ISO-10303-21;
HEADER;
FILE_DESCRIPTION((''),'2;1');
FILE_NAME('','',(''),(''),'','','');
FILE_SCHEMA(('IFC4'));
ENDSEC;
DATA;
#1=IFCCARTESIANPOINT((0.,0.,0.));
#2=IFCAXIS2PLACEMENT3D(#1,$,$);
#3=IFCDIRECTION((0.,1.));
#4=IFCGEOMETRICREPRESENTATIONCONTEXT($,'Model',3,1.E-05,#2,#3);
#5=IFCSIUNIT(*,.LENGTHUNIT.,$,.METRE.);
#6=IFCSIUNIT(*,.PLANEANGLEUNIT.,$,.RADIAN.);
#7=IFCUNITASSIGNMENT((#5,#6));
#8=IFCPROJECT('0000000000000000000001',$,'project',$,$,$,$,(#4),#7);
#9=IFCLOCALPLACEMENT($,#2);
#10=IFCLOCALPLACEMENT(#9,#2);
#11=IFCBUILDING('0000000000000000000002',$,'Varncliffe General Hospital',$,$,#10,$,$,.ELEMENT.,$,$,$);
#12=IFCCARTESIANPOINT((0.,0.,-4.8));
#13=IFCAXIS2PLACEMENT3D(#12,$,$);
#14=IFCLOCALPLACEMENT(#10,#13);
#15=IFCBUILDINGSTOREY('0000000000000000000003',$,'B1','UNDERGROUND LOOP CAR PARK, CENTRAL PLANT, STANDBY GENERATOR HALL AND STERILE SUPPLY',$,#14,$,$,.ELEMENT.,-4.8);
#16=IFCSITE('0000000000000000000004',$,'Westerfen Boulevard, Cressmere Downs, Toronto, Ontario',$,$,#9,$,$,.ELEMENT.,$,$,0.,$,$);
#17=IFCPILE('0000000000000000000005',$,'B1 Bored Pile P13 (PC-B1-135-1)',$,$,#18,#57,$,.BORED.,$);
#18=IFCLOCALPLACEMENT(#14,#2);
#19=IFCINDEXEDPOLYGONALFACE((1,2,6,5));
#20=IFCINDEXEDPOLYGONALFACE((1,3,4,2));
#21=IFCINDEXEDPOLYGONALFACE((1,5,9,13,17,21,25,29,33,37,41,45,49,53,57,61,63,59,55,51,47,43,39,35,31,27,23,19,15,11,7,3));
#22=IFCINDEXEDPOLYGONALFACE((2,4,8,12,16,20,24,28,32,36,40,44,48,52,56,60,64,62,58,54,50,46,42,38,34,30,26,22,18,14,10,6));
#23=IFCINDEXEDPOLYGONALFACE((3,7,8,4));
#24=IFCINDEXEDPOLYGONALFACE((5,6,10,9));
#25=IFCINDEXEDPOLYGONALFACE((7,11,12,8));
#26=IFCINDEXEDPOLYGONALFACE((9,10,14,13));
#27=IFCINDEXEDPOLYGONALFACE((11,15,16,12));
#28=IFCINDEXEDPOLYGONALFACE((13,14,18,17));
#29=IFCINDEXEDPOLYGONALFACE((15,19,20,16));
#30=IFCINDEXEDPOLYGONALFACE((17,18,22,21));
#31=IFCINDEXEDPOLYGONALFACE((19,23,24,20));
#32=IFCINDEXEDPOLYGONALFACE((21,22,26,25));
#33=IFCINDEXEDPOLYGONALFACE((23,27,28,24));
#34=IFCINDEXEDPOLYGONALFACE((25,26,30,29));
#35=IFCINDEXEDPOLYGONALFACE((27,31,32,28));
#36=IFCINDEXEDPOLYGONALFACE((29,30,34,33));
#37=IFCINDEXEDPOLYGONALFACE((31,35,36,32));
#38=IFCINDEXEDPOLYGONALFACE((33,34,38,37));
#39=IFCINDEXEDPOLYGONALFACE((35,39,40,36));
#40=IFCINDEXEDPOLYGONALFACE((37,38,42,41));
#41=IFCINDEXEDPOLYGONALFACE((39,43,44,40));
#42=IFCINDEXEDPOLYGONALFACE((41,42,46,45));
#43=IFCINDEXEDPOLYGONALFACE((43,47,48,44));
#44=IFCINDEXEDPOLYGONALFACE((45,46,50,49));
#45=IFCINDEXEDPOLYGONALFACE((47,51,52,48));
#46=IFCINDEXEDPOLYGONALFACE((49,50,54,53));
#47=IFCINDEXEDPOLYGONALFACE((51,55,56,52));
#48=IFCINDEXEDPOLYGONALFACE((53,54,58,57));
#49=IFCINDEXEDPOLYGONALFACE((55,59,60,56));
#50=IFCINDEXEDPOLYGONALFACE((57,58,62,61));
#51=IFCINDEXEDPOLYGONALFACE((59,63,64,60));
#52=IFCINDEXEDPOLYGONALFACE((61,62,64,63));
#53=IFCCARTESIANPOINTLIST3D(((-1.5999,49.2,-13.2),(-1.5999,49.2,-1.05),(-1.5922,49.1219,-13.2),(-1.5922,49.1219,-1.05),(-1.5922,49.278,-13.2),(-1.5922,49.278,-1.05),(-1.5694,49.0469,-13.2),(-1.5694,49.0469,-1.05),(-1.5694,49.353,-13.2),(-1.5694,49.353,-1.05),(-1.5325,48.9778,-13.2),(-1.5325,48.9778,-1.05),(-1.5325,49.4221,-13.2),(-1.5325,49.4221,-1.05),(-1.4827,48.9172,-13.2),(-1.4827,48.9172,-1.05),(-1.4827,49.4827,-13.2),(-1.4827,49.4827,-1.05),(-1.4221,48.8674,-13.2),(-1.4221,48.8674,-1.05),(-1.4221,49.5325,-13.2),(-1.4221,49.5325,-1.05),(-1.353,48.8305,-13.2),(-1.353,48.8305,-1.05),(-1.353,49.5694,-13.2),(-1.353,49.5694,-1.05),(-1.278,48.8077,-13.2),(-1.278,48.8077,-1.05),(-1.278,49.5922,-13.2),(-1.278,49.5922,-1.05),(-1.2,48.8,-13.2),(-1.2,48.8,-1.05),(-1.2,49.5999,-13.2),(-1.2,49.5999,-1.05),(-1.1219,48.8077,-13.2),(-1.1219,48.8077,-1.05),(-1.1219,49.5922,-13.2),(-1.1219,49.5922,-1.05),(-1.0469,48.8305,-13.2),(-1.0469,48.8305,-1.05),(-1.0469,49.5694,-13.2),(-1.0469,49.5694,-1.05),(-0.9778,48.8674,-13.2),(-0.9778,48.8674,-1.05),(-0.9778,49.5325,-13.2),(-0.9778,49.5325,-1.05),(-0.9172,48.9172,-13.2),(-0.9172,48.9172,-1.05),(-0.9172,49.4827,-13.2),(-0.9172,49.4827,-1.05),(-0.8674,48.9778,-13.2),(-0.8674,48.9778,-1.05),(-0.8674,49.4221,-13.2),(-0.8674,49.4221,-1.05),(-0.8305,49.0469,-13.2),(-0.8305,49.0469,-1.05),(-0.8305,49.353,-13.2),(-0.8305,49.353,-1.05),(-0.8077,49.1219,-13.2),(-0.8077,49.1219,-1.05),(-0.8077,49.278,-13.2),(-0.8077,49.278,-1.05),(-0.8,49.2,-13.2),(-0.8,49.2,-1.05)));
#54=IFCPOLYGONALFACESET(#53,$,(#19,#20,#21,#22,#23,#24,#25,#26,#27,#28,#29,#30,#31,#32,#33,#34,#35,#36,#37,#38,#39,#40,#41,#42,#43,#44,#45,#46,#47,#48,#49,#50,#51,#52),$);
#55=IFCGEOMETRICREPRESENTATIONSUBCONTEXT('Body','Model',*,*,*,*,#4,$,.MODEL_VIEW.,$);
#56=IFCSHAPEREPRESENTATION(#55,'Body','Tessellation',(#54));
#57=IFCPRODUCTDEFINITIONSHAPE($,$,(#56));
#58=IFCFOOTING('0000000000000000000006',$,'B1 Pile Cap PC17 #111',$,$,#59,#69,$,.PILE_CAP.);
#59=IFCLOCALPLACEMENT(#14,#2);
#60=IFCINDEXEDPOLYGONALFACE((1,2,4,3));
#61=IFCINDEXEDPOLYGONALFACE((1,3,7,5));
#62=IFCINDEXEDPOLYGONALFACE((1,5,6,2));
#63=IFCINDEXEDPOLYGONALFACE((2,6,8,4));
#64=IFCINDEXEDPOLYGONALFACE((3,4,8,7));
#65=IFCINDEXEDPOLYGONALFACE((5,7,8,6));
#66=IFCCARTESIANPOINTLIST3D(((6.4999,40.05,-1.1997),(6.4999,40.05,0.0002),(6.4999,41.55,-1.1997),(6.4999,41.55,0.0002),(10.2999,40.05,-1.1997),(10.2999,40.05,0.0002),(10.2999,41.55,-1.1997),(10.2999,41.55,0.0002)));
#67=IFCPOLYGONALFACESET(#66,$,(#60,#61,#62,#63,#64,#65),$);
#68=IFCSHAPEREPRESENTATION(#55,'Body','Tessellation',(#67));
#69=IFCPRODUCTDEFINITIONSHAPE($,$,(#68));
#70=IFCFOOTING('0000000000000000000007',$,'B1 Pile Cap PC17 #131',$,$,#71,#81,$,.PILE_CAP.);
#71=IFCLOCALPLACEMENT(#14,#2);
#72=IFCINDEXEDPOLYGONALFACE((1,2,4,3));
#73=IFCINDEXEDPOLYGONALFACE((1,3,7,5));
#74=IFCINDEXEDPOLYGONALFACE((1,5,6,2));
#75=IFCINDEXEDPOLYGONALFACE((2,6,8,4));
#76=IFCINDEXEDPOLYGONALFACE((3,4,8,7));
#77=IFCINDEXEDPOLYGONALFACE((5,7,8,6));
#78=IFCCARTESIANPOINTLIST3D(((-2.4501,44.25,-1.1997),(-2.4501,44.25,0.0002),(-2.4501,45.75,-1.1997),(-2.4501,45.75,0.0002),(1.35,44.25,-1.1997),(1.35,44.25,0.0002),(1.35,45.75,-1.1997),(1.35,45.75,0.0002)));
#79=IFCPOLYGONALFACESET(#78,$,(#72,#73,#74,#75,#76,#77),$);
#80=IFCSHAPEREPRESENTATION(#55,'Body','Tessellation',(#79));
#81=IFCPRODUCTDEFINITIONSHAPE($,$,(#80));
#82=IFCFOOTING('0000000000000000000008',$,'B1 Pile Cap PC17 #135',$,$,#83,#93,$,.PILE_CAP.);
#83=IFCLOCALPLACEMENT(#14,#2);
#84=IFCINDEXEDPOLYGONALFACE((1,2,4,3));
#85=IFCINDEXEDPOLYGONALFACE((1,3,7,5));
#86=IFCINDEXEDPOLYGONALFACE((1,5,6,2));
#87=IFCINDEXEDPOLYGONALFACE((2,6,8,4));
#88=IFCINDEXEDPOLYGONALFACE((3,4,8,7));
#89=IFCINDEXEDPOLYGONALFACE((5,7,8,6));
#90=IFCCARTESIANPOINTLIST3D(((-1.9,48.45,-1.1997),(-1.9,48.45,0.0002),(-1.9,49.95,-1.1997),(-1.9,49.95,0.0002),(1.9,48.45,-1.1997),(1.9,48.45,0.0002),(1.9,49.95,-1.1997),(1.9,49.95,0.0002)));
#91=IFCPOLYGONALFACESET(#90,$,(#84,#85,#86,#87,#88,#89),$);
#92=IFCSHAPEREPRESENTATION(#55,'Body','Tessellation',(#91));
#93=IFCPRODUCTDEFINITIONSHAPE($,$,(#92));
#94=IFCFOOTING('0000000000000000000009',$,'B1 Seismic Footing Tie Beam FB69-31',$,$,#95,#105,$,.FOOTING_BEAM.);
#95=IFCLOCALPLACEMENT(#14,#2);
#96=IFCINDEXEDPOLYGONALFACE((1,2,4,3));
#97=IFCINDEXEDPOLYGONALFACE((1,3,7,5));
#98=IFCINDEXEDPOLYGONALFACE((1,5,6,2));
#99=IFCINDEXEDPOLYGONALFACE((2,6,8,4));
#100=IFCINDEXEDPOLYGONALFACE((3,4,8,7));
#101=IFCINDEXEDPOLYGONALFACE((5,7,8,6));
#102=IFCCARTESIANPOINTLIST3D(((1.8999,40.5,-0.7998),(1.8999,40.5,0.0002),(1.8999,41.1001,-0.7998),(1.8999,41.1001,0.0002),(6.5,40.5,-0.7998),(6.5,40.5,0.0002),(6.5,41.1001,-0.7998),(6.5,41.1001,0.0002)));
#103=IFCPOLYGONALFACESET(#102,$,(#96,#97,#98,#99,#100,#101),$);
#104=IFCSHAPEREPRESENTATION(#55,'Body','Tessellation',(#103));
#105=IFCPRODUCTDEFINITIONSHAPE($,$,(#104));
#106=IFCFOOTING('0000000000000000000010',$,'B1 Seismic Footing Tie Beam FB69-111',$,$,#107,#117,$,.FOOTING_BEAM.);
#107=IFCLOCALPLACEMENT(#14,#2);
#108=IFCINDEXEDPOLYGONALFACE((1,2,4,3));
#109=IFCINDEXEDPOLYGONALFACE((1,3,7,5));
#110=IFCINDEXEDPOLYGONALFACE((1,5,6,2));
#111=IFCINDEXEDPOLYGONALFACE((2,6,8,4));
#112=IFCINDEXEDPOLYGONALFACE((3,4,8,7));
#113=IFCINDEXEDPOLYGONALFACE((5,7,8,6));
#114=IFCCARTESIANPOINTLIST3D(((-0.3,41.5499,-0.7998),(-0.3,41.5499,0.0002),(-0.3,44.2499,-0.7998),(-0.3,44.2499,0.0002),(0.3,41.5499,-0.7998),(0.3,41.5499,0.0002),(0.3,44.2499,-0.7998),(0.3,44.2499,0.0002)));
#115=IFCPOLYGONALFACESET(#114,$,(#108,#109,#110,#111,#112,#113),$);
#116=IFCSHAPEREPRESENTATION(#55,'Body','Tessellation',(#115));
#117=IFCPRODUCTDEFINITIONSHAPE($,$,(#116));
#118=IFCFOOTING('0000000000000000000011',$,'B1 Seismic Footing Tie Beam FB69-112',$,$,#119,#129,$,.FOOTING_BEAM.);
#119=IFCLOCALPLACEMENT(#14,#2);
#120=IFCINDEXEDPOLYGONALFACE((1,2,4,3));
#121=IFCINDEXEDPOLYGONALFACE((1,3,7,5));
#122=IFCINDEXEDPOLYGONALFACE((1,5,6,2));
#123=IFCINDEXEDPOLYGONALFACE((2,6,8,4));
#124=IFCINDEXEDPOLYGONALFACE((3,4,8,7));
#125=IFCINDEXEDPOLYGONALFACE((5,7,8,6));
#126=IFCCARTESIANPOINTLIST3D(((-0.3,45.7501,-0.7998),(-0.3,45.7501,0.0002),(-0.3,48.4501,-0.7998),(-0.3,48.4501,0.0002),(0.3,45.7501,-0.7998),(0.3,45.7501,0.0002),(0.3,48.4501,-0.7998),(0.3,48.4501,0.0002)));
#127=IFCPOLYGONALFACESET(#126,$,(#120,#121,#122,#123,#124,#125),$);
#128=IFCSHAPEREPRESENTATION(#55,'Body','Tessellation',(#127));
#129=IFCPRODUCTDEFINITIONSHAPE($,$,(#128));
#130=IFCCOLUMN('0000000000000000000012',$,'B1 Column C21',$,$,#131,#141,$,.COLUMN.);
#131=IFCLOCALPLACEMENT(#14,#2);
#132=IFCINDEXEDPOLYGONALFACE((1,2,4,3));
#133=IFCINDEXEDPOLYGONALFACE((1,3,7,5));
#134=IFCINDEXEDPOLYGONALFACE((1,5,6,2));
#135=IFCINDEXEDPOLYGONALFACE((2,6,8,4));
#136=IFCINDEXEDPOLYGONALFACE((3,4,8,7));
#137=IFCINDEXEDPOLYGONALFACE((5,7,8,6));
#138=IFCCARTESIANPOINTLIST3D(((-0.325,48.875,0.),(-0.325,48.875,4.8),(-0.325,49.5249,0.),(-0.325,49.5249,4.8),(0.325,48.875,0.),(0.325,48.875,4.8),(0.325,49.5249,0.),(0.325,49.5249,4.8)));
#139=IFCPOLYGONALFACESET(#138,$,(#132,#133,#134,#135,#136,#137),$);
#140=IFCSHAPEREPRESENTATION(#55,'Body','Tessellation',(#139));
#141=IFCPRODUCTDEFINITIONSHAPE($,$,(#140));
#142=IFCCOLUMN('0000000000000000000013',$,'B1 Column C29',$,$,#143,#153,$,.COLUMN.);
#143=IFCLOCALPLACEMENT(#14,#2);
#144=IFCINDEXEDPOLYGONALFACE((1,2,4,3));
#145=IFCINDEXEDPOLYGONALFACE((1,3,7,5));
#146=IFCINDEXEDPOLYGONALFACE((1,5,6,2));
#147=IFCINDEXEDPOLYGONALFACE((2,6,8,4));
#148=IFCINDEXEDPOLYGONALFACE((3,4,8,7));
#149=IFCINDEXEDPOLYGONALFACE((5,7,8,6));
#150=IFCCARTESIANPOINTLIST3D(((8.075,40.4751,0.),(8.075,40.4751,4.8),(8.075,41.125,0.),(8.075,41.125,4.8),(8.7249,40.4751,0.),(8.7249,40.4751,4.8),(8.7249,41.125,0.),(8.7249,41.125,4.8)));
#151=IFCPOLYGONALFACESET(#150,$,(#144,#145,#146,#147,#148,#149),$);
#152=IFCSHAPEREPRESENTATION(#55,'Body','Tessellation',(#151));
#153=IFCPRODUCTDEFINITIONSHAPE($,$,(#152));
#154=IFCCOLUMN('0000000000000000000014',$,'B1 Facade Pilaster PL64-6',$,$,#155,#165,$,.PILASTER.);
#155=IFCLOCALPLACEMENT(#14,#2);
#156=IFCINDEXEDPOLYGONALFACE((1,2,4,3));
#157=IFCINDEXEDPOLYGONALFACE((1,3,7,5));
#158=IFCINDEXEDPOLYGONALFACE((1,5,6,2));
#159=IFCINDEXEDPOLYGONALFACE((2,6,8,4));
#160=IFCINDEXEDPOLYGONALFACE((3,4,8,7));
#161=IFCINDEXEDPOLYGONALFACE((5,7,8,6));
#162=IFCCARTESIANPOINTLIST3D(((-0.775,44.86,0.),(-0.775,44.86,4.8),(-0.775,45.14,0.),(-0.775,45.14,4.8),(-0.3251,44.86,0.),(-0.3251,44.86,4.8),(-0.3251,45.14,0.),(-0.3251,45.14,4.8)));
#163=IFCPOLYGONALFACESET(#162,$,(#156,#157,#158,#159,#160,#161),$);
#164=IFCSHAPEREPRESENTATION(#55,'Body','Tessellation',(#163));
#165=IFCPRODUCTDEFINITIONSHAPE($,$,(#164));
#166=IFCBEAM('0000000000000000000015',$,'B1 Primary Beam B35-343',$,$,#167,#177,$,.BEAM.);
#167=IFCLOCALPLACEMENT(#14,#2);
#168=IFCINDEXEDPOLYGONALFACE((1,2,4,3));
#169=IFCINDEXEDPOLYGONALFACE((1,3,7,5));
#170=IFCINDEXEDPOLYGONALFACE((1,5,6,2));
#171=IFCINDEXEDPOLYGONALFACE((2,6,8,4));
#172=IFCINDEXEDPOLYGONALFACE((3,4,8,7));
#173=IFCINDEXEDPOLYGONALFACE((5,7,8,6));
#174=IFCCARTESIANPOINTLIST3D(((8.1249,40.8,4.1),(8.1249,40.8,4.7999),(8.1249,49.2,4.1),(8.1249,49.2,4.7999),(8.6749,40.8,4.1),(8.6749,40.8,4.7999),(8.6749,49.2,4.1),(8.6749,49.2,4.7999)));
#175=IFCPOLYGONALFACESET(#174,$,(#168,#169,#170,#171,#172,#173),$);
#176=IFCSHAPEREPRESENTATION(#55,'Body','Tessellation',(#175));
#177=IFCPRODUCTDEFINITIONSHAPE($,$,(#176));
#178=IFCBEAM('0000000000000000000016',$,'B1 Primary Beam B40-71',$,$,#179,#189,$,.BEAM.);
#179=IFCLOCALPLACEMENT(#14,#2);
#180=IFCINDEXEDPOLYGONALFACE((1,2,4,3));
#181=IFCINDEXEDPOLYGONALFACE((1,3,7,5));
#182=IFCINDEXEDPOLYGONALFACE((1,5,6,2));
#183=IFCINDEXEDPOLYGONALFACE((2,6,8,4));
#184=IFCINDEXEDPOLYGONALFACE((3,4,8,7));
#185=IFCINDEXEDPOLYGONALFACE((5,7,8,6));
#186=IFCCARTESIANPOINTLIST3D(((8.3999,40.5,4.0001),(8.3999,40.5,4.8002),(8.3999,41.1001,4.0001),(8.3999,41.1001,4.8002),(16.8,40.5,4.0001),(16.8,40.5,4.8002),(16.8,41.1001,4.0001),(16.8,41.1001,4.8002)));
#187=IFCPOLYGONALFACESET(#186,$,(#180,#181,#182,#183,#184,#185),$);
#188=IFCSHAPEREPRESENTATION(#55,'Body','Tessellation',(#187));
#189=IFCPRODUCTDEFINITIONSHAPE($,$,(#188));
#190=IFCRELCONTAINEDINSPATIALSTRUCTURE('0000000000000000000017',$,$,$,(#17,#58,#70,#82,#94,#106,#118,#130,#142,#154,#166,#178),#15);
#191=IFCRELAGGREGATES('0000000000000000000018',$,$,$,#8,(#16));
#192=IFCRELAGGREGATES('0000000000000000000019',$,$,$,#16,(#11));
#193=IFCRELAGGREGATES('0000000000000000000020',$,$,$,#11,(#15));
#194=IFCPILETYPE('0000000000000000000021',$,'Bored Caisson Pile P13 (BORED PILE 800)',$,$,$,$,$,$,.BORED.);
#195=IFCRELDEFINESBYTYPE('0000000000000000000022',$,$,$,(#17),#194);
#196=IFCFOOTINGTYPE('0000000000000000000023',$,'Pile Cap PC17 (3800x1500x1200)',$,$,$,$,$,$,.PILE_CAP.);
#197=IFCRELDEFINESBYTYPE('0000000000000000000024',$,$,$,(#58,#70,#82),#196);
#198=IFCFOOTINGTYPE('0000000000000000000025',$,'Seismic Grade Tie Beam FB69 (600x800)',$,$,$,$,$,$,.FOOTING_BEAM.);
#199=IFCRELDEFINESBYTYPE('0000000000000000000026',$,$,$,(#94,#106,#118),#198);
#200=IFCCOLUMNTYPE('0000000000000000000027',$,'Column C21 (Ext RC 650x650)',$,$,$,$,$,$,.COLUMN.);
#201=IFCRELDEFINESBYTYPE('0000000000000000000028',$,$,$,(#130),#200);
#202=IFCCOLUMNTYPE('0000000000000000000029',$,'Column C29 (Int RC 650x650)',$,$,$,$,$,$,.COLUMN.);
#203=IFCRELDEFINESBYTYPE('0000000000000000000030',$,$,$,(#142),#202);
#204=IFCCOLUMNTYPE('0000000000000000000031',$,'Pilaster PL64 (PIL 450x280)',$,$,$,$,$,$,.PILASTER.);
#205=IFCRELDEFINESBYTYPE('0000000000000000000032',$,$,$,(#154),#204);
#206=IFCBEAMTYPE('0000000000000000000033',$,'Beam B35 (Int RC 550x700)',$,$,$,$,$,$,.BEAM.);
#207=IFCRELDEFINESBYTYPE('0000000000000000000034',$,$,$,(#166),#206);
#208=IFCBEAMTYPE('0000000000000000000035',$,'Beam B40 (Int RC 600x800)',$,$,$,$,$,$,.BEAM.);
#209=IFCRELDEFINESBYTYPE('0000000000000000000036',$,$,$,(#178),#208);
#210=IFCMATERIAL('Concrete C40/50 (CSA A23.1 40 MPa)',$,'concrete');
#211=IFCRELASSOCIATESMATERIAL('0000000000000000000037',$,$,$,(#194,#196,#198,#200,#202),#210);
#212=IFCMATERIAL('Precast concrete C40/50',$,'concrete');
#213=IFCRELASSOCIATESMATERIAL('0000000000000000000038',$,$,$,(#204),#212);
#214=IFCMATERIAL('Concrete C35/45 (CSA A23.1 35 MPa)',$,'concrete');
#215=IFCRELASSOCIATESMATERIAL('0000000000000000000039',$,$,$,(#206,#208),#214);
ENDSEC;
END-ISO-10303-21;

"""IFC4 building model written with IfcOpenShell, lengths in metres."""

from ifc_helpers import new_model, si_unit, direction, frame, origin, origin_2d, place, context, subcontext, project, spatial, rectangle, circle, extrude, material, material_profile, profile_set, type_object, element, save


model = new_model("IFC4")

# Units and contexts
model_context = context("Model", 3, precision=1e-05, world=origin(), true_north=direction((0.0, 1.0)))
body_context = subcontext(model_context, "Body", "Model", "MODEL_VIEW")
ifc_project = project(units=[si_unit("LENGTHUNIT", "METRE"), si_unit("PLANEANGLEUNIT", "RADIAN")], contexts=[model_context])

# Site, building, storey
site_placement = place(None, origin())
site = spatial("IfcSite", under=ifc_project, at=site_placement, Name="Westerfen Boulevard, Cressmere Downs, Toronto, Ontario", CompositionType="ELEMENT", RefElevation=0.0)
building_placement = place(site_placement, origin())
building = spatial("IfcBuilding", under=site, at=building_placement, Name="Varncliffe General Hospital", CompositionType="ELEMENT")
storey_placement = place(building_placement, frame((0.0, 0.0, -4.8)))
storey = spatial("IfcBuildingStorey", under=building, at=storey_placement, Name="B1", Description="UNDERGROUND LOOP CAR PARK, CENTRAL PLANT, STANDBY GENERATOR HALL AND STERILE SUPPLY", CompositionType="ELEMENT", Elevation=-4.8)

# Pile
ifc_material_1 = material(Name="Concrete C40/50 (CSA A23.1 40 MPa)", Category="concrete")
ifc_material_profile_1 = material_profile(ifc_material_1, circle(Radius=0.3999, at=origin_2d()), Name="BORED PILE 800")
ifc_profile_set_1 = profile_set([ifc_material_profile_1], Name="Concrete C40/50 (CSA A23.1 40 MPa)")
pile_type = type_object("IfcPileType", Name="Bored Caisson Pile P13 (BORED PILE 800)", PredefinedType="BORED", material=ifc_profile_set_1)
for number, where, z_axis, x_axis, name in (
    (1, (-1.2, 49.2, -1.05), (0.0, 0.0, -1.0), (1.0, 0.0, 0.0), "B1 Bored Pile P13 (PC-B1-135-1)"),
):
    element("IfcPile", number, at=place(storey_placement, frame(where, z_axis=z_axis, x_axis=x_axis)), inside=storey, type_object=pile_type, Name=name, PredefinedType="BORED", context=body_context, shape_type="SweptSolid", body=[
        extrude(circle(Radius=0.3999, at=origin_2d()), origin(), (0.0, 0.0, 1.0), 12.1499),
    ])

# Footings
footing_type_1 = type_object("IfcFootingType", Name="Pile Cap PC17 (3800x1500x1200)", PredefinedType="PILE_CAP", material=ifc_material_1)
for number, where, z_axis, x_axis, name in (
    (2, (8.3999, 40.8, -1.1997), (0.0, 0.0, 1.0), (1.0, 0.0, 0.0), "B1 Pile Cap PC17 #111"),
    (3, (-0.55, 45.0, -1.1997), (0.0, 0.0, 1.0), (1.0, 0.0, 0.0), "B1 Pile Cap PC17 #131"),
    (4, (0.0, 49.2, -1.1997), (0.0, 0.0, 1.0), (1.0, 0.0, 0.0), "B1 Pile Cap PC17 #135"),
):
    element("IfcFooting", number, at=place(storey_placement, frame(where, z_axis=z_axis, x_axis=x_axis)), inside=storey, type_object=footing_type_1, Name=name, PredefinedType="PILE_CAP", context=body_context, shape_type="SweptSolid", body=[
        extrude(rectangle(XDim=3.8, YDim=1.5, at=origin_2d()), origin(), (0.0, 0.0, 1.0), 1.2),
    ])
footing_type_2 = type_object("IfcFootingType", Name="Seismic Grade Tie Beam FB69 (600x800)", PredefinedType="FOOTING_BEAM", material=ifc_material_1)
footing_placement = place(storey_placement, frame((4.2, 40.8, -0.7998), z_axis=(0.0, 0.0, 1.0), x_axis=(1.0, 0.0, 0.0)))
element("IfcFooting", 5, at=footing_placement, inside=storey, type_object=footing_type_2, Name="B1 Seismic Footing Tie Beam FB69-31", PredefinedType="FOOTING_BEAM", context=body_context, shape_type="SweptSolid", body=[
    extrude(rectangle(XDim=4.6001, YDim=0.6001, at=origin_2d()), origin(), (0.0, 0.0, 1.0), 0.8),
])
for number, where, z_axis, x_axis, name in (
    (6, (0.0, 42.8999, -0.7998), (0.0, 0.0, 1.0), (1.0, 0.0, 0.0), "B1 Seismic Footing Tie Beam FB69-111"),
    (7, (0.0, 47.1001, -0.7998), (0.0, 0.0, 1.0), (1.0, 0.0, 0.0), "B1 Seismic Footing Tie Beam FB69-112"),
):
    element("IfcFooting", number, at=place(storey_placement, frame(where, z_axis=z_axis, x_axis=x_axis)), inside=storey, type_object=footing_type_2, Name=name, PredefinedType="FOOTING_BEAM", context=body_context, shape_type="SweptSolid", body=[
        extrude(rectangle(XDim=0.6001, YDim=2.7, at=origin_2d()), origin(), (0.0, 0.0, 1.0), 0.8),
    ])

# Columns
ifc_material_profile_2 = material_profile(ifc_material_1, rectangle(XDim=0.6499, YDim=0.6499, at=origin_2d()), Name="RC 650x650")
ifc_profile_set_2 = profile_set([ifc_material_profile_2], Name="Concrete C40/50 (CSA A23.1 40 MPa)")
column_type_1 = type_object("IfcColumnType", Name="Column C21 (Ext RC 650x650)", PredefinedType="COLUMN", material=ifc_profile_set_2)
column_1_placement = place(storey_placement, frame((0.0, 49.2, 0.0), z_axis=(0.0, 0.0, 1.0), x_axis=(1.0, 0.0, 0.0)))
element("IfcColumn", 8, at=column_1_placement, inside=storey, type_object=column_type_1, Name="B1 Column C21", PredefinedType="COLUMN", context=body_context, shape_type="SweptSolid", body=[
    extrude(rectangle(XDim=0.6499, YDim=0.6499, at=origin_2d()), origin(), (0.0, 0.0, 1.0), 4.8),
])
ifc_material_profile_3 = material_profile(ifc_material_1, rectangle(XDim=0.6499, YDim=0.6499, at=origin_2d()), Name="RC 650x650")
ifc_profile_set_3 = profile_set([ifc_material_profile_3], Name="Concrete C40/50 (CSA A23.1 40 MPa)")
column_type_2 = type_object("IfcColumnType", Name="Column C29 (Int RC 650x650)", PredefinedType="COLUMN", material=ifc_profile_set_3)
column_2_placement = place(storey_placement, frame((8.3999, 40.8, 0.0), z_axis=(0.0, 0.0, 1.0), x_axis=(1.0, 0.0, 0.0)))
element("IfcColumn", 9, at=column_2_placement, inside=storey, type_object=column_type_2, Name="B1 Column C29", PredefinedType="COLUMN", context=body_context, shape_type="SweptSolid", body=[
    extrude(rectangle(XDim=0.6499, YDim=0.6499, at=origin_2d()), origin(), (0.0, 0.0, 1.0), 4.8),
])
ifc_material_2 = material(Name="Precast concrete C40/50", Category="concrete")
ifc_material_profile_4 = material_profile(ifc_material_2, rectangle(XDim=0.45, YDim=0.28, at=origin_2d()), Name="PIL 450x280")
ifc_profile_set_4 = profile_set([ifc_material_profile_4], Name="Precast concrete C40/50")
column_type_3 = type_object("IfcColumnType", Name="Pilaster PL64 (PIL 450x280)", PredefinedType="PILASTER", material=ifc_profile_set_4)
column_3_placement = place(storey_placement, frame((-0.55, 45.0, 0.0), z_axis=(0.0, 0.0, 1.0), x_axis=(1.0, 0.0, 0.0)))
element("IfcColumn", 10, at=column_3_placement, inside=storey, type_object=column_type_3, Name="B1 Facade Pilaster PL64-6", PredefinedType="PILASTER", context=body_context, shape_type="SweptSolid", body=[
    extrude(rectangle(XDim=0.45, YDim=0.28, at=origin_2d()), origin(), (0.0, 0.0, 1.0), 4.8),
])

# Beams
ifc_material_3 = material(Name="Concrete C35/45 (CSA A23.1 35 MPa)", Category="concrete")
ifc_material_profile_5 = material_profile(ifc_material_3, rectangle(XDim=0.55, YDim=0.7, at=origin_2d()), Name="RC 550x700")
ifc_profile_set_5 = profile_set([ifc_material_profile_5], Name="Concrete C35/45 (CSA A23.1 35 MPa)")
beam_type_1 = type_object("IfcBeamType", Name="Beam B35 (Int RC 550x700)", PredefinedType="BEAM", material=ifc_profile_set_5)
beam_1_placement = place(storey_placement, frame((8.3999, 40.8, 4.45), z_axis=(0.0, 1.0, 0.0), x_axis=(-1.0, 0.0, 0.0)))
element("IfcBeam", 11, at=beam_1_placement, inside=storey, type_object=beam_type_1, Name="B1 Primary Beam B35-343", PredefinedType="BEAM", context=body_context, shape_type="SweptSolid", body=[
    extrude(rectangle(XDim=0.55, YDim=0.7, at=origin_2d()), origin(), (0.0, 0.0, 1.0), 8.3999),
])
ifc_material_profile_6 = material_profile(ifc_material_3, rectangle(XDim=0.6001, YDim=0.8, at=origin_2d()), Name="RC 600x800")
ifc_profile_set_6 = profile_set([ifc_material_profile_6], Name="Concrete C35/45 (CSA A23.1 35 MPa)")
beam_type_2 = type_object("IfcBeamType", Name="Beam B40 (Int RC 600x800)", PredefinedType="BEAM", material=ifc_profile_set_6)
beam_2_placement = place(storey_placement, frame((8.3999, 40.8, 4.4001), z_axis=(1.0, 0.0, 0.0), x_axis=(0.0, 1.0, 0.0)))
element("IfcBeam", 12, at=beam_2_placement, inside=storey, type_object=beam_type_2, Name="B1 Primary Beam B40-71", PredefinedType="BEAM", context=body_context, shape_type="SweptSolid", body=[
    extrude(rectangle(XDim=0.6001, YDim=0.8, at=origin_2d()), origin(), (0.0, 0.0, 1.0), 8.4001),
])

save(model, "model.ifc")
